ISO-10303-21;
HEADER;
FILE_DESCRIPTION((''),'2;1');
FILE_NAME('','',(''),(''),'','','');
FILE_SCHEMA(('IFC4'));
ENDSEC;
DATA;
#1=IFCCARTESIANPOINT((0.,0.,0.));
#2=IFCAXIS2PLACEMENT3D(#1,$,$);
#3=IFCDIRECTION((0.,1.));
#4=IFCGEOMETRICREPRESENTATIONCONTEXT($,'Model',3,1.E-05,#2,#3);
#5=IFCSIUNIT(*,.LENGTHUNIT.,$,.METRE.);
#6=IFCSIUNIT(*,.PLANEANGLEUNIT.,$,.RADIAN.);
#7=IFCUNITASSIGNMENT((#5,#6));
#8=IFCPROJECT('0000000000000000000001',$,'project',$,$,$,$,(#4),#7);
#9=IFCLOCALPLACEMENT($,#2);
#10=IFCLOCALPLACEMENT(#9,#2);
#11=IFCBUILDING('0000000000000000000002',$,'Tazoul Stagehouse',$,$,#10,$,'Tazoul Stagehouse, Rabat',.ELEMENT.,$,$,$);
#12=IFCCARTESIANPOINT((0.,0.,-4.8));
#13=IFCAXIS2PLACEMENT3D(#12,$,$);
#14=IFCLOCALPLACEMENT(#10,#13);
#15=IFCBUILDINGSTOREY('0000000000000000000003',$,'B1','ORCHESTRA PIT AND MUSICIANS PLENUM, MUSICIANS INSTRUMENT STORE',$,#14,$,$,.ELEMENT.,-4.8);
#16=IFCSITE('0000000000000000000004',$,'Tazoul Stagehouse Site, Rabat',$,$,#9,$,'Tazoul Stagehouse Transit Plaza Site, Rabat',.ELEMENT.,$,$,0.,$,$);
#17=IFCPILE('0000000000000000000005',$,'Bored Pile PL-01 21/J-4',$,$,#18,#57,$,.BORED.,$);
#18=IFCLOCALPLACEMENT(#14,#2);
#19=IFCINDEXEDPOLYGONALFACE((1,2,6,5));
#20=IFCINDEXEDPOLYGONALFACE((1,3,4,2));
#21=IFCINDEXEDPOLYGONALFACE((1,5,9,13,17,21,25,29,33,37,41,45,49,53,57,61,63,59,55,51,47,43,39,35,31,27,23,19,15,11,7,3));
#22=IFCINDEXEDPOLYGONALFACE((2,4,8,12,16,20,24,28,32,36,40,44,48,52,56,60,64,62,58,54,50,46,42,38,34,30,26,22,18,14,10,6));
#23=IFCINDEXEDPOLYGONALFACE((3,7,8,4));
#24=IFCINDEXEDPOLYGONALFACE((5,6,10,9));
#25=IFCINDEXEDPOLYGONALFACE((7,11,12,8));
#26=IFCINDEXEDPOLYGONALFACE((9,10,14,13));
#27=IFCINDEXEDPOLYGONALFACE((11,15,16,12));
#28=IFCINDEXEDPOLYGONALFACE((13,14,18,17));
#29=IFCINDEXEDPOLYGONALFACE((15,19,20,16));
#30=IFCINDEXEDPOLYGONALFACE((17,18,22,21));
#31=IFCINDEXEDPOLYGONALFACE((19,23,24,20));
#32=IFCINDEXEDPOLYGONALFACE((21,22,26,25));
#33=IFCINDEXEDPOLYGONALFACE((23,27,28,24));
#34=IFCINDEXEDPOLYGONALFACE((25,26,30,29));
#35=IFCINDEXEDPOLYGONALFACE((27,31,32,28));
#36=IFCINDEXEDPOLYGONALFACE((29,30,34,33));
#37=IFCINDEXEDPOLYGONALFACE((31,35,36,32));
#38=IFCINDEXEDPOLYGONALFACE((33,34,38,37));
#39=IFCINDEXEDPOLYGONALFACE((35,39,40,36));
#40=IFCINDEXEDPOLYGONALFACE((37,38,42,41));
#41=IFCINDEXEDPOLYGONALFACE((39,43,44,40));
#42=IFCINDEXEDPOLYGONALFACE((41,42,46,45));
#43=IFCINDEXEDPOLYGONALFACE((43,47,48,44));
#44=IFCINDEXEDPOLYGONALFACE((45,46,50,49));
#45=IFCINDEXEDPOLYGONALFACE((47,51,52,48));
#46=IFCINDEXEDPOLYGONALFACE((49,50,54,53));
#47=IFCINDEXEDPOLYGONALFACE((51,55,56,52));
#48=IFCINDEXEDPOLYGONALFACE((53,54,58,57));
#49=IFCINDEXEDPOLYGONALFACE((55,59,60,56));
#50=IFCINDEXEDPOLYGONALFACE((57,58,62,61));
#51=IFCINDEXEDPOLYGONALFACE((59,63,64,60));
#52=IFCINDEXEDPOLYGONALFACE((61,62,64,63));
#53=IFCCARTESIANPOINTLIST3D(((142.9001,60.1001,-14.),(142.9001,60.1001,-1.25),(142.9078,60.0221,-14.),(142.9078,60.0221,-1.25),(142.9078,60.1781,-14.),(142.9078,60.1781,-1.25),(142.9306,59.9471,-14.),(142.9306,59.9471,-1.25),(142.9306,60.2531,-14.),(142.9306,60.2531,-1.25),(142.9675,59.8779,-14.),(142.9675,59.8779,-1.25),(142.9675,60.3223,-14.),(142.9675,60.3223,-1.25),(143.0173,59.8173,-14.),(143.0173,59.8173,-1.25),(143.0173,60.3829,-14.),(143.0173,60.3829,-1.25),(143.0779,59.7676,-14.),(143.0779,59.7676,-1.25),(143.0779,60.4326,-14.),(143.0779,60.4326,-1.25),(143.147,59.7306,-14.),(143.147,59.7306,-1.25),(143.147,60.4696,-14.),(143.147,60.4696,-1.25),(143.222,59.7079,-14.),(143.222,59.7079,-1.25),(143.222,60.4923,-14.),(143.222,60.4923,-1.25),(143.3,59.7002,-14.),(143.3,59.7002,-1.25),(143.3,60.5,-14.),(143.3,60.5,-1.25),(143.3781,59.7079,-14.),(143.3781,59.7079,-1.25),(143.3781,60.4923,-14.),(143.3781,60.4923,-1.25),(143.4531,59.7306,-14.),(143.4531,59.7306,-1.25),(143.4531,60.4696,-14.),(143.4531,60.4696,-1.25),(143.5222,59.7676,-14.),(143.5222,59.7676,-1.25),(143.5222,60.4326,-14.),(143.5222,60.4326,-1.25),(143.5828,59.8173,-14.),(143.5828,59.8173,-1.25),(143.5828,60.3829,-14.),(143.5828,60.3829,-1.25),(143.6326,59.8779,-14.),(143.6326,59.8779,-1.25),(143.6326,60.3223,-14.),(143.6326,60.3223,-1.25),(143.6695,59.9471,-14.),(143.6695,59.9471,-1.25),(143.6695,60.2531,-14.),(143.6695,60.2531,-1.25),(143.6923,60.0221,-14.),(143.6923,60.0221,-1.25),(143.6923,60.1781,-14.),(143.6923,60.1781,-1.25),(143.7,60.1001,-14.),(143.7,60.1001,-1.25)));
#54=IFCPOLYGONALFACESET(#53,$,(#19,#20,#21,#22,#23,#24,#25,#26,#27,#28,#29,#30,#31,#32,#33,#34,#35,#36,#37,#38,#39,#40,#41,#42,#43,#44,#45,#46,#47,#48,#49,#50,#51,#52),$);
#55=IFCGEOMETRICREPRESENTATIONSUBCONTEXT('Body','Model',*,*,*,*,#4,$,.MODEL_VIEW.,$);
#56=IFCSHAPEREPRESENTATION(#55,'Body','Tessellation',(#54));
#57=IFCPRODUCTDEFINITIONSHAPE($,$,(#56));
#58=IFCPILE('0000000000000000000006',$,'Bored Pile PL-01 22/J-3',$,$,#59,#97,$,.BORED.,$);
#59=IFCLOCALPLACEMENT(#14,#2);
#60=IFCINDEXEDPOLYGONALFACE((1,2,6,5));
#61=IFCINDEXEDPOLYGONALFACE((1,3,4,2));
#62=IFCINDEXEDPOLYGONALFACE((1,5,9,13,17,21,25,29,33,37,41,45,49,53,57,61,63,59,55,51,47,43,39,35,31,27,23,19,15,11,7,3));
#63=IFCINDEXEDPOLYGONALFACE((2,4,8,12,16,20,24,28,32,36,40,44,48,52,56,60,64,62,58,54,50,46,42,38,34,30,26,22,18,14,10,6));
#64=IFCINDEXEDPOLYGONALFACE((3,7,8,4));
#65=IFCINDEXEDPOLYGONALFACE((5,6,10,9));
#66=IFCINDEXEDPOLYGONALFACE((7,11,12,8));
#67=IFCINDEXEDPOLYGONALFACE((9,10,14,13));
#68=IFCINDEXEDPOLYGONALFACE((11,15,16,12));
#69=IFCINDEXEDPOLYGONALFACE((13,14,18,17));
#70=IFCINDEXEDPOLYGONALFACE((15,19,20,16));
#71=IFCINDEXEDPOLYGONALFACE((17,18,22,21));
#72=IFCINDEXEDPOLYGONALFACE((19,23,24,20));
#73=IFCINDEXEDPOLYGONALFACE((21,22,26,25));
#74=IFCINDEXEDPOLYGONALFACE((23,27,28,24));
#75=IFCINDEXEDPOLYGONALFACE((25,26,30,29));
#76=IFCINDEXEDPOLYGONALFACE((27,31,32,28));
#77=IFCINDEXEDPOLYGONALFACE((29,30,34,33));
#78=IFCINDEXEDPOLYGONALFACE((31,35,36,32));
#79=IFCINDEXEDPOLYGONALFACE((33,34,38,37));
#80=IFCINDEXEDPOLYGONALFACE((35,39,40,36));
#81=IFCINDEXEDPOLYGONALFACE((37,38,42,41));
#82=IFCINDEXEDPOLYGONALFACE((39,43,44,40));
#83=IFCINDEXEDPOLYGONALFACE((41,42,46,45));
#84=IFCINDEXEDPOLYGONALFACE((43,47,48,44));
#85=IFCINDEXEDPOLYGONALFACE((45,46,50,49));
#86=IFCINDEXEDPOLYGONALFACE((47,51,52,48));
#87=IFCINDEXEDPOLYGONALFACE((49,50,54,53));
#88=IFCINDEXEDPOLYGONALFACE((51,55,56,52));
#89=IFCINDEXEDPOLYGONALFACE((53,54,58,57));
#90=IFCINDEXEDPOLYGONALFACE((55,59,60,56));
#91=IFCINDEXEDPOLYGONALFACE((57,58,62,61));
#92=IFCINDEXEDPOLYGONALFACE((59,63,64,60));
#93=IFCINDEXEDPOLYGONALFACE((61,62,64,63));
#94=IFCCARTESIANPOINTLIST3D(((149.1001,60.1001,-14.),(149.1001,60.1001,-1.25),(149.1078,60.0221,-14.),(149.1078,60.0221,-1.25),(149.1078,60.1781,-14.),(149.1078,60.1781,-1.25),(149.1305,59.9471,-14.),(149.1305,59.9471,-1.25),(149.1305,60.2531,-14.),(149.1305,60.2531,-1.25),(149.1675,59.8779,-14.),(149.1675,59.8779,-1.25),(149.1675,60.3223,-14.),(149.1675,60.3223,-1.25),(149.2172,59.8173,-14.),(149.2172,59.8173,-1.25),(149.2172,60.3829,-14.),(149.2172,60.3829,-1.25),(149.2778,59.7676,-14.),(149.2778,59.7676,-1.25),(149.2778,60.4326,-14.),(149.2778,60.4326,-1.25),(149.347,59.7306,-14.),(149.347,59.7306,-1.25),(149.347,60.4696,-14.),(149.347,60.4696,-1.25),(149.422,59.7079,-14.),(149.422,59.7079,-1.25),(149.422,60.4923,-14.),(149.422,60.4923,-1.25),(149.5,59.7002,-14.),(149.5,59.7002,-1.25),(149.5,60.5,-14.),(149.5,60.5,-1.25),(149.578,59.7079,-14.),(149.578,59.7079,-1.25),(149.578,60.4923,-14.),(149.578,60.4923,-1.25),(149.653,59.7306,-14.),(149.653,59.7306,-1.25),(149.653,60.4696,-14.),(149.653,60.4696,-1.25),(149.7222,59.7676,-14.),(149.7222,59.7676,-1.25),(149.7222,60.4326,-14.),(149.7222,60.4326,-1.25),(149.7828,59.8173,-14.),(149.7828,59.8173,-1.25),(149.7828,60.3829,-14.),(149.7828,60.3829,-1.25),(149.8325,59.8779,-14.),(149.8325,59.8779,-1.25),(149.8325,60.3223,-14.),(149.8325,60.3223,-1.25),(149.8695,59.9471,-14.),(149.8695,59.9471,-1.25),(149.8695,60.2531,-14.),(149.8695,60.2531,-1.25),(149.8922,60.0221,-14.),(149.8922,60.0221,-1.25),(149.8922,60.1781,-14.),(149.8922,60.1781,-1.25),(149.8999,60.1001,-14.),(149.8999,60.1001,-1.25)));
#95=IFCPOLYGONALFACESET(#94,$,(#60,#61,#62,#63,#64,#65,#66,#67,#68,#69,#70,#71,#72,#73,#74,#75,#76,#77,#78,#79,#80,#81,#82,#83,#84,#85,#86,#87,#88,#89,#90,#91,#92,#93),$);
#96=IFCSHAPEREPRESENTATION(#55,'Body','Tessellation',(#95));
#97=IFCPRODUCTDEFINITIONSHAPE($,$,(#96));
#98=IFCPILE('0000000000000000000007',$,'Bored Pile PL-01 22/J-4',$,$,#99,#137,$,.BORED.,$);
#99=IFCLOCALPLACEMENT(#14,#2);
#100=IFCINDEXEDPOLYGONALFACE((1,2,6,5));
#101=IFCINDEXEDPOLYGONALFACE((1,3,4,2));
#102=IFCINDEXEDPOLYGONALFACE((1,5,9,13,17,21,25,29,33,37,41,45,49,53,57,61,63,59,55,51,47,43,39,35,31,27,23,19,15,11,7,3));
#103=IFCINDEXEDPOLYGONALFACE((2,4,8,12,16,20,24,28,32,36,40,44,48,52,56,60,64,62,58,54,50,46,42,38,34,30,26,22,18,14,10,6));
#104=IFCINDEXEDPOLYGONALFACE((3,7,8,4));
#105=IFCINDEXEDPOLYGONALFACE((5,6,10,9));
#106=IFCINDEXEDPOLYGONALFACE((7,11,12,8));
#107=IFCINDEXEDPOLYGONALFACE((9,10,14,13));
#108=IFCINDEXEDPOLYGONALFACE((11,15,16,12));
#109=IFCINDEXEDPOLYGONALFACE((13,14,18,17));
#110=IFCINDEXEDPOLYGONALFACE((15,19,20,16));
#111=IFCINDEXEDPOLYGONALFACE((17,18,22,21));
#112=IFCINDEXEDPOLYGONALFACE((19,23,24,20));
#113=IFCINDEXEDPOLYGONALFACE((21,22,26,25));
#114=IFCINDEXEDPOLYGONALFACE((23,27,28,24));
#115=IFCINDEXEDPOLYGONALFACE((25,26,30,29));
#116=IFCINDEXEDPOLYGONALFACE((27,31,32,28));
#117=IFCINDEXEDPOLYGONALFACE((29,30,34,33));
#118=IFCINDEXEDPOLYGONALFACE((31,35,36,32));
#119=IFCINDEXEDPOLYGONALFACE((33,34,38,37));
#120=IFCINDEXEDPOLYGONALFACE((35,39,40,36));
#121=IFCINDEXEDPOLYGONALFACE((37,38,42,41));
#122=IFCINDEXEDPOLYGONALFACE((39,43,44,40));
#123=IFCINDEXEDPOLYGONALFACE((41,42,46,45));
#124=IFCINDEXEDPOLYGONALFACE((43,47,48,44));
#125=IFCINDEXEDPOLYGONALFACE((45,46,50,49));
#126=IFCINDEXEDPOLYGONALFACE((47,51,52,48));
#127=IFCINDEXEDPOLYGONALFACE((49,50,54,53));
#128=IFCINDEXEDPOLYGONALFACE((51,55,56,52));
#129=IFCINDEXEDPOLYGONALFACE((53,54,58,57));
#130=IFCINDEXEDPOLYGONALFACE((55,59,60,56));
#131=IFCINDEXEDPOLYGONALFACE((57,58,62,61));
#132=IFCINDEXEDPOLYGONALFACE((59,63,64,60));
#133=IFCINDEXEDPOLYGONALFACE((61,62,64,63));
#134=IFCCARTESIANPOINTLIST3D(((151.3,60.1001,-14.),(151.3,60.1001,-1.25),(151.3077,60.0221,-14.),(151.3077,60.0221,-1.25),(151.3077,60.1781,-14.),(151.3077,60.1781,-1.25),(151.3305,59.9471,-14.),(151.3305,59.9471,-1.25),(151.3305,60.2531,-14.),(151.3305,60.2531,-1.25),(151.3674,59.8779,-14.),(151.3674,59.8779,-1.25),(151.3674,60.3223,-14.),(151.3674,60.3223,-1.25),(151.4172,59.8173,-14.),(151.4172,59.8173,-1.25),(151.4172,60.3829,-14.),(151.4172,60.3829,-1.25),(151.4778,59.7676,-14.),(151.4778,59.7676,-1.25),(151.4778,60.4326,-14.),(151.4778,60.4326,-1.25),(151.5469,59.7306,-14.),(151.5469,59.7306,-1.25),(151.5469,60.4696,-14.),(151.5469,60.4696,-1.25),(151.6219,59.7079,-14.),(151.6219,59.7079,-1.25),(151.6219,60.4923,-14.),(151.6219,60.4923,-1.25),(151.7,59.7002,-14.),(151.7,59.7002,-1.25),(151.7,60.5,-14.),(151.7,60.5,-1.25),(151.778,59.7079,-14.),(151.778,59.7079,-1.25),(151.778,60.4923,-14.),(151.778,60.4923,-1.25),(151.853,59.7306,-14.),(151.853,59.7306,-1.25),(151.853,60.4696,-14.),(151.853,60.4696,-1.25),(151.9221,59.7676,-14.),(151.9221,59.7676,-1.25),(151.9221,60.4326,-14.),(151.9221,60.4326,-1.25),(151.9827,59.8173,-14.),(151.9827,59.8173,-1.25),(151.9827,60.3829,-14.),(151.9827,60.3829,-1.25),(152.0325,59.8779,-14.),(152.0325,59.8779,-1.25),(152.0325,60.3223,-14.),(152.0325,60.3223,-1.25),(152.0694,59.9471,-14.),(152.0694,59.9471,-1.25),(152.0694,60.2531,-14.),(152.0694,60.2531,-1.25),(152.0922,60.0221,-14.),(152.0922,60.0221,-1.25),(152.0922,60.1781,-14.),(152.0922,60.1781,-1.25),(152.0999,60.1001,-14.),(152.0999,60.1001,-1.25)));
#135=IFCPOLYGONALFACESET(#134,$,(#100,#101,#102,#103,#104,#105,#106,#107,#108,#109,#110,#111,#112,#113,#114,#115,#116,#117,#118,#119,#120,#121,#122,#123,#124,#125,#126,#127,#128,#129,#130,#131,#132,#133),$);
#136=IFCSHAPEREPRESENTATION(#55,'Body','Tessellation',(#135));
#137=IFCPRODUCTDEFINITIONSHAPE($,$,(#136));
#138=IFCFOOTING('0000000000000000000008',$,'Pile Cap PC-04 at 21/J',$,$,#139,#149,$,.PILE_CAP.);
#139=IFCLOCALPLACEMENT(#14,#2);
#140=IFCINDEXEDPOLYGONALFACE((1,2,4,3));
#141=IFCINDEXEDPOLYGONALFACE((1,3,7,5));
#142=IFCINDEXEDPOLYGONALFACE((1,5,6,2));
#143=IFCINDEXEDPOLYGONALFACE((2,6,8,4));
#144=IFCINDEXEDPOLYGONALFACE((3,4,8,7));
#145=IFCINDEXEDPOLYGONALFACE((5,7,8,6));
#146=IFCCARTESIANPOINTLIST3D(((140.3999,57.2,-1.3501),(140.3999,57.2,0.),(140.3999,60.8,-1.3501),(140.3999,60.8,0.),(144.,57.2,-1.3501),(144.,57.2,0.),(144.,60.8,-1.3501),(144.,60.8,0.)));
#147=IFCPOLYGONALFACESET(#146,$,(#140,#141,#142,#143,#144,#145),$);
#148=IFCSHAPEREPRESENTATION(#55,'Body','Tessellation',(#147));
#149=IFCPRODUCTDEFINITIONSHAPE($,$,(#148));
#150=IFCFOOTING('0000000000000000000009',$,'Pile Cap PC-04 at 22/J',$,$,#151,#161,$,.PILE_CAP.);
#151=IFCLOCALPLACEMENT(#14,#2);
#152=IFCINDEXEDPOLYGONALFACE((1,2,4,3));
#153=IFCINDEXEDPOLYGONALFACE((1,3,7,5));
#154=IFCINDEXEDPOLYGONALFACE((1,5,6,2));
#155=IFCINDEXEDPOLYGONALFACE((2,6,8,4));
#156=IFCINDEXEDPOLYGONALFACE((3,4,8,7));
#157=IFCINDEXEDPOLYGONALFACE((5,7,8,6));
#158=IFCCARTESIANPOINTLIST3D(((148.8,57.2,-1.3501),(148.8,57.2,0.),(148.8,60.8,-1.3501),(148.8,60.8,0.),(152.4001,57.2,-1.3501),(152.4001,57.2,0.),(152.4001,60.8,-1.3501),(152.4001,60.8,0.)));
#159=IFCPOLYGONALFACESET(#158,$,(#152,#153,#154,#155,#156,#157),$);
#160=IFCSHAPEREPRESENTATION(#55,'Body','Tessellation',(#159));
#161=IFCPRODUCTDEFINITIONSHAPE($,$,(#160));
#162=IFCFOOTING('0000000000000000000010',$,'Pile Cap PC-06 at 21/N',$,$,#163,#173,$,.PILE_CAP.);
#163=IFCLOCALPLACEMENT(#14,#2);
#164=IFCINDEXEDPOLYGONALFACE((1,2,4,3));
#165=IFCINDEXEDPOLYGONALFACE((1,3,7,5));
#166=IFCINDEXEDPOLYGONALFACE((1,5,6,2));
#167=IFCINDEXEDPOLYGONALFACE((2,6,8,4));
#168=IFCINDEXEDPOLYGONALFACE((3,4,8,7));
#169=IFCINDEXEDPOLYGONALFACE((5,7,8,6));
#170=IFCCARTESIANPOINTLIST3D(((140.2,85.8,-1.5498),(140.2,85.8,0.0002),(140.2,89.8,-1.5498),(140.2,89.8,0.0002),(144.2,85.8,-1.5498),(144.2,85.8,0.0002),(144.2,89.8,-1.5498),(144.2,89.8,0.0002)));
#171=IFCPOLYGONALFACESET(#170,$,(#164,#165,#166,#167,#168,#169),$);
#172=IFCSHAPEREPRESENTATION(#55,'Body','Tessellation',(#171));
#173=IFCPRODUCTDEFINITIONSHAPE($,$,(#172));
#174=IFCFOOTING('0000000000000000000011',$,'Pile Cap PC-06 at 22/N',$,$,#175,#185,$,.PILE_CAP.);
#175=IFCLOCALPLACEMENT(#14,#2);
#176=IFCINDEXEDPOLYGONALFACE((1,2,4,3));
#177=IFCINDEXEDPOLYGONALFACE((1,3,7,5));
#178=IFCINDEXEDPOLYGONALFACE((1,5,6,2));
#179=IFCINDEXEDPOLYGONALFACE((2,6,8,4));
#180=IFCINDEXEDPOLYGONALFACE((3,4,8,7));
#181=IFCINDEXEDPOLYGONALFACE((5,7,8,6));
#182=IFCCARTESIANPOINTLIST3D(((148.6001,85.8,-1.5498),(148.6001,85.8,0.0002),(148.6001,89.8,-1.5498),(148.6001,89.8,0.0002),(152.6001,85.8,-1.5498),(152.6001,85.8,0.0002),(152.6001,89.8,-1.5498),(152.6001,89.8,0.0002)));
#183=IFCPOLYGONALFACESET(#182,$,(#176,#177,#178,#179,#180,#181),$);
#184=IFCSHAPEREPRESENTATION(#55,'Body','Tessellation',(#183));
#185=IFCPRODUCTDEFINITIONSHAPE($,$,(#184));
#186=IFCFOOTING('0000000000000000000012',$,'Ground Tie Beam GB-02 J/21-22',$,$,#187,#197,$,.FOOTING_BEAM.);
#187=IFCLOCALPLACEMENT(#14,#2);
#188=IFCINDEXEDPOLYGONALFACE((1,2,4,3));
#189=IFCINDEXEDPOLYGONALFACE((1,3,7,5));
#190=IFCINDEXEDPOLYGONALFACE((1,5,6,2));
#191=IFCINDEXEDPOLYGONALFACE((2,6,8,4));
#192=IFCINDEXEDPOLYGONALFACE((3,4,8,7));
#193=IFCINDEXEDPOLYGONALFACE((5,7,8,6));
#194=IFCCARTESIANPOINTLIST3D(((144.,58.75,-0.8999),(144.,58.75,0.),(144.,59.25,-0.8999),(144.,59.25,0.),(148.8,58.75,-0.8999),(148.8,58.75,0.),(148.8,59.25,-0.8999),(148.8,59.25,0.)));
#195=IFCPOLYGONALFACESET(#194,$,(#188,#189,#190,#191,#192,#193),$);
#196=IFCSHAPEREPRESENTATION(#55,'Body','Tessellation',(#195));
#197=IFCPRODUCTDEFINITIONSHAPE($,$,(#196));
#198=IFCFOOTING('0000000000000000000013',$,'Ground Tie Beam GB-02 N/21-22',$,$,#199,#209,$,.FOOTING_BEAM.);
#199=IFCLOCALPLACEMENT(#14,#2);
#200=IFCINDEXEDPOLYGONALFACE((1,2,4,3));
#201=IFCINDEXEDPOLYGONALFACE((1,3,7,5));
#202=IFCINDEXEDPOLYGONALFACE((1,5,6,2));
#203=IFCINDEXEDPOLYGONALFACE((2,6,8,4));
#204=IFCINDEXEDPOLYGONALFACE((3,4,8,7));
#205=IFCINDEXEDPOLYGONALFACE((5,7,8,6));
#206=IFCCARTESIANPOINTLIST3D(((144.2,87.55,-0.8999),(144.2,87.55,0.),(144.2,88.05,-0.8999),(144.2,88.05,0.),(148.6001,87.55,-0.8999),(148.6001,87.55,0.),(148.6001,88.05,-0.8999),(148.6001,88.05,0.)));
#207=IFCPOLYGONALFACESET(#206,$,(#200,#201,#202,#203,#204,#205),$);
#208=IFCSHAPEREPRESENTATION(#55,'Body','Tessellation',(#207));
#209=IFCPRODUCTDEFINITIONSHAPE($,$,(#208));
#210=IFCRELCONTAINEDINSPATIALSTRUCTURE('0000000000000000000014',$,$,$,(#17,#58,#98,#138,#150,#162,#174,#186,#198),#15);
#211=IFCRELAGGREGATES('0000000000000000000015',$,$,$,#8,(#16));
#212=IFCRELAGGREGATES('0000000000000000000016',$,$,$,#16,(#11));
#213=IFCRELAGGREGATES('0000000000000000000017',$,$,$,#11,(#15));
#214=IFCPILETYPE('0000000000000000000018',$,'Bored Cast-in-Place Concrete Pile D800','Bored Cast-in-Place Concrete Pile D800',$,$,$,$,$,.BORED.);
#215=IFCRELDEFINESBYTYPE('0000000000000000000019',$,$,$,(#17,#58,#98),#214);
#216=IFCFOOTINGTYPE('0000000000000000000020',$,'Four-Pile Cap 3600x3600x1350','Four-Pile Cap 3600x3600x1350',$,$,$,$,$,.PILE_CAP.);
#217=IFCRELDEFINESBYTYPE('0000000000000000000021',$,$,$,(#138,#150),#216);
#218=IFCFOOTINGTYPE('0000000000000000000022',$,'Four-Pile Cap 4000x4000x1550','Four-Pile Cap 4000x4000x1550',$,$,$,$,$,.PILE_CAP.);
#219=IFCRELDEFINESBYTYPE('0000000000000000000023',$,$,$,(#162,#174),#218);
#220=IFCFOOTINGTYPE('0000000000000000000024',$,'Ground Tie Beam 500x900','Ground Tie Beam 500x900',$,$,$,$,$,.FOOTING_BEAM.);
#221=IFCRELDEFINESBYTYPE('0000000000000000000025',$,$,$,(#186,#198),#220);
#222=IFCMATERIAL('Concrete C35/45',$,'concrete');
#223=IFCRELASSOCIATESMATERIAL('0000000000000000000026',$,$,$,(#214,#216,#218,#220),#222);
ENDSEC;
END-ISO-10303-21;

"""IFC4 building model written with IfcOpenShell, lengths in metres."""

from ifc_helpers import new_model, si_unit, direction, frame, origin, origin_2d, place, context, subcontext, project, spatial, rectangle, circle, extrude, material, material_profile, profile_set, type_object, element, save


model = new_model("IFC4")

# Units and contexts
model_context = context("Model", 3, precision=1e-05, world=origin(), true_north=direction((0.0, 1.0)))
body_context = subcontext(model_context, "Body", "Model", "MODEL_VIEW")
ifc_project = project(units=[si_unit("LENGTHUNIT", "METRE"), si_unit("PLANEANGLEUNIT", "RADIAN")], contexts=[model_context])

# Site, building, storey
site_placement = place(None, origin())
site = spatial("IfcSite", under=ifc_project, at=site_placement, Name="Tazoul Stagehouse Site, Rabat", LongName="Tazoul Stagehouse Transit Plaza Site, Rabat", CompositionType="ELEMENT", RefElevation=0.0)
building_placement = place(site_placement, origin())
building = spatial("IfcBuilding", under=site, at=building_placement, Name="Tazoul Stagehouse", LongName="Tazoul Stagehouse, Rabat", CompositionType="ELEMENT")
storey_placement = place(building_placement, frame((0.0, 0.0, -4.8)))
storey = spatial("IfcBuildingStorey", under=building, at=storey_placement, Name="B1", Description="ORCHESTRA PIT AND MUSICIANS PLENUM, MUSICIANS INSTRUMENT STORE", CompositionType="ELEMENT", Elevation=-4.8)

# Piles
ifc_material_1 = material(Name="Concrete C35/45", Category="concrete")
ifc_material_profile_1 = material_profile(ifc_material_1, circle(Radius=0.3999, at=origin_2d()), Name="BORED PILE 800")
ifc_profile_set_1 = profile_set([ifc_material_profile_1], Name="Concrete C35/45")
pile_type_1 = type_object("IfcPileType", Name="Bored Cast-in-Place Concrete Pile D800", Description="Bored Cast-in-Place Concrete Pile D800", PredefinedType="BORED", material=ifc_profile_set_1)
for number, where, z_axis, x_axis, name in (
    (1, (143.3, 60.1001, -1.25), (0.0, 0.0, -1.0), (1.0, 0.0, 0.0), "Bored Pile PL-01 21/J-4"),
    (2, (149.5, 60.1001, -1.25), (0.0, 0.0, -1.0), (1.0, 0.0, 0.0), "Bored Pile PL-01 22/J-3"),
    (3, (151.7, 60.1001, -1.25), (0.0, 0.0, -1.0), (1.0, 0.0, 0.0), "Bored Pile PL-01 22/J-4"),
):
    element("IfcPile", number, at=place(storey_placement, frame(where, z_axis=z_axis, x_axis=x_axis)), inside=storey, type_object=pile_type_1, Name=name, PredefinedType="BORED", context=body_context, shape_type="SweptSolid", body=[
        extrude(circle(Radius=0.3999, at=origin_2d()), origin(), (0.0, 0.0, 1.0), 12.75),
    ])

# Footings
footing_type_1 = type_object("IfcFootingType", Name="Four-Pile Cap 3600x3600x1350", Description="Four-Pile Cap 3600x3600x1350", PredefinedType="PILE_CAP", material=ifc_material_1)
for number, where, z_axis, x_axis, name in (
    (4, (142.2, 59.0, -1.3501), (0.0, 0.0, 1.0), (1.0, 0.0, 0.0), "Pile Cap PC-04 at 21/J"),
    (5, (150.6001, 59.0, -1.3501), (0.0, 0.0, 1.0), (1.0, 0.0, 0.0), "Pile Cap PC-04 at 22/J"),
):
    element("IfcFooting", number, at=place(storey_placement, frame(where, z_axis=z_axis, x_axis=x_axis)), inside=storey, type_object=footing_type_1, Name=name, PredefinedType="PILE_CAP", context=body_context, shape_type="SweptSolid", body=[
        extrude(rectangle(XDim=3.6001, YDim=3.6001, at=origin_2d()), origin(), (0.0, 0.0, 1.0), 1.3501),
    ])
footing_type_2 = type_object("IfcFootingType", Name="Four-Pile Cap 4000x4000x1550", Description="Four-Pile Cap 4000x4000x1550", PredefinedType="PILE_CAP", material=ifc_material_1)
for number, where, z_axis, x_axis, name in (
    (6, (142.2, 87.8, -1.5498), (0.0, 0.0, 1.0), (1.0, 0.0, 0.0), "Pile Cap PC-06 at 21/N"),
    (7, (150.6001, 87.8, -1.5498), (0.0, 0.0, 1.0), (1.0, 0.0, 0.0), "Pile Cap PC-06 at 22/N"),
):
    element("IfcFooting", number, at=place(storey_placement, frame(where, z_axis=z_axis, x_axis=x_axis)), inside=storey, type_object=footing_type_2, Name=name, PredefinedType="PILE_CAP", context=body_context, shape_type="SweptSolid", body=[
        extrude(rectangle(XDim=4.0, YDim=4.0, at=origin_2d()), origin(), (0.0, 0.0, 1.0), 1.55),
    ])
ifc_material_profile_2 = material_profile(ifc_material_1, rectangle(XDim=0.5, YDim=0.8999, at=origin_2d()), Name="RC 500x900")
ifc_profile_set_2 = profile_set([ifc_material_profile_2], Name="Concrete C35/45")
footing_type_3 = type_object("IfcFootingType", Name="Ground Tie Beam 500x900", Description="Ground Tie Beam 500x900", PredefinedType="FOOTING_BEAM", material=ifc_profile_set_2)
footing_1_placement = place(storey_placement, frame((144.0, 59.0, -0.45), z_axis=(1.0, 0.0, 0.0), x_axis=(0.0, 1.0, 0.0)))
element("IfcFooting", 8, at=footing_1_placement, inside=storey, type_object=footing_type_3, Name="Ground Tie Beam GB-02 J/21-22", PredefinedType="FOOTING_BEAM", context=body_context, shape_type="SweptSolid", body=[
    extrude(rectangle(XDim=0.5, YDim=0.8999, at=origin_2d()), origin(), (0.0, 0.0, 1.0), 4.8),
])
footing_2_placement = place(storey_placement, frame((144.2, 87.8, -0.45), z_axis=(1.0, 0.0, 0.0), x_axis=(0.0, 1.0, 0.0)))
element("IfcFooting", 9, at=footing_2_placement, inside=storey, type_object=footing_type_3, Name="Ground Tie Beam GB-02 N/21-22", PredefinedType="FOOTING_BEAM", context=body_context, shape_type="SweptSolid", body=[
    extrude(rectangle(XDim=0.5, YDim=0.8999, at=origin_2d()), origin(), (0.0, 0.0, 1.0), 4.4001),
])

save(model, "model.ifc")
